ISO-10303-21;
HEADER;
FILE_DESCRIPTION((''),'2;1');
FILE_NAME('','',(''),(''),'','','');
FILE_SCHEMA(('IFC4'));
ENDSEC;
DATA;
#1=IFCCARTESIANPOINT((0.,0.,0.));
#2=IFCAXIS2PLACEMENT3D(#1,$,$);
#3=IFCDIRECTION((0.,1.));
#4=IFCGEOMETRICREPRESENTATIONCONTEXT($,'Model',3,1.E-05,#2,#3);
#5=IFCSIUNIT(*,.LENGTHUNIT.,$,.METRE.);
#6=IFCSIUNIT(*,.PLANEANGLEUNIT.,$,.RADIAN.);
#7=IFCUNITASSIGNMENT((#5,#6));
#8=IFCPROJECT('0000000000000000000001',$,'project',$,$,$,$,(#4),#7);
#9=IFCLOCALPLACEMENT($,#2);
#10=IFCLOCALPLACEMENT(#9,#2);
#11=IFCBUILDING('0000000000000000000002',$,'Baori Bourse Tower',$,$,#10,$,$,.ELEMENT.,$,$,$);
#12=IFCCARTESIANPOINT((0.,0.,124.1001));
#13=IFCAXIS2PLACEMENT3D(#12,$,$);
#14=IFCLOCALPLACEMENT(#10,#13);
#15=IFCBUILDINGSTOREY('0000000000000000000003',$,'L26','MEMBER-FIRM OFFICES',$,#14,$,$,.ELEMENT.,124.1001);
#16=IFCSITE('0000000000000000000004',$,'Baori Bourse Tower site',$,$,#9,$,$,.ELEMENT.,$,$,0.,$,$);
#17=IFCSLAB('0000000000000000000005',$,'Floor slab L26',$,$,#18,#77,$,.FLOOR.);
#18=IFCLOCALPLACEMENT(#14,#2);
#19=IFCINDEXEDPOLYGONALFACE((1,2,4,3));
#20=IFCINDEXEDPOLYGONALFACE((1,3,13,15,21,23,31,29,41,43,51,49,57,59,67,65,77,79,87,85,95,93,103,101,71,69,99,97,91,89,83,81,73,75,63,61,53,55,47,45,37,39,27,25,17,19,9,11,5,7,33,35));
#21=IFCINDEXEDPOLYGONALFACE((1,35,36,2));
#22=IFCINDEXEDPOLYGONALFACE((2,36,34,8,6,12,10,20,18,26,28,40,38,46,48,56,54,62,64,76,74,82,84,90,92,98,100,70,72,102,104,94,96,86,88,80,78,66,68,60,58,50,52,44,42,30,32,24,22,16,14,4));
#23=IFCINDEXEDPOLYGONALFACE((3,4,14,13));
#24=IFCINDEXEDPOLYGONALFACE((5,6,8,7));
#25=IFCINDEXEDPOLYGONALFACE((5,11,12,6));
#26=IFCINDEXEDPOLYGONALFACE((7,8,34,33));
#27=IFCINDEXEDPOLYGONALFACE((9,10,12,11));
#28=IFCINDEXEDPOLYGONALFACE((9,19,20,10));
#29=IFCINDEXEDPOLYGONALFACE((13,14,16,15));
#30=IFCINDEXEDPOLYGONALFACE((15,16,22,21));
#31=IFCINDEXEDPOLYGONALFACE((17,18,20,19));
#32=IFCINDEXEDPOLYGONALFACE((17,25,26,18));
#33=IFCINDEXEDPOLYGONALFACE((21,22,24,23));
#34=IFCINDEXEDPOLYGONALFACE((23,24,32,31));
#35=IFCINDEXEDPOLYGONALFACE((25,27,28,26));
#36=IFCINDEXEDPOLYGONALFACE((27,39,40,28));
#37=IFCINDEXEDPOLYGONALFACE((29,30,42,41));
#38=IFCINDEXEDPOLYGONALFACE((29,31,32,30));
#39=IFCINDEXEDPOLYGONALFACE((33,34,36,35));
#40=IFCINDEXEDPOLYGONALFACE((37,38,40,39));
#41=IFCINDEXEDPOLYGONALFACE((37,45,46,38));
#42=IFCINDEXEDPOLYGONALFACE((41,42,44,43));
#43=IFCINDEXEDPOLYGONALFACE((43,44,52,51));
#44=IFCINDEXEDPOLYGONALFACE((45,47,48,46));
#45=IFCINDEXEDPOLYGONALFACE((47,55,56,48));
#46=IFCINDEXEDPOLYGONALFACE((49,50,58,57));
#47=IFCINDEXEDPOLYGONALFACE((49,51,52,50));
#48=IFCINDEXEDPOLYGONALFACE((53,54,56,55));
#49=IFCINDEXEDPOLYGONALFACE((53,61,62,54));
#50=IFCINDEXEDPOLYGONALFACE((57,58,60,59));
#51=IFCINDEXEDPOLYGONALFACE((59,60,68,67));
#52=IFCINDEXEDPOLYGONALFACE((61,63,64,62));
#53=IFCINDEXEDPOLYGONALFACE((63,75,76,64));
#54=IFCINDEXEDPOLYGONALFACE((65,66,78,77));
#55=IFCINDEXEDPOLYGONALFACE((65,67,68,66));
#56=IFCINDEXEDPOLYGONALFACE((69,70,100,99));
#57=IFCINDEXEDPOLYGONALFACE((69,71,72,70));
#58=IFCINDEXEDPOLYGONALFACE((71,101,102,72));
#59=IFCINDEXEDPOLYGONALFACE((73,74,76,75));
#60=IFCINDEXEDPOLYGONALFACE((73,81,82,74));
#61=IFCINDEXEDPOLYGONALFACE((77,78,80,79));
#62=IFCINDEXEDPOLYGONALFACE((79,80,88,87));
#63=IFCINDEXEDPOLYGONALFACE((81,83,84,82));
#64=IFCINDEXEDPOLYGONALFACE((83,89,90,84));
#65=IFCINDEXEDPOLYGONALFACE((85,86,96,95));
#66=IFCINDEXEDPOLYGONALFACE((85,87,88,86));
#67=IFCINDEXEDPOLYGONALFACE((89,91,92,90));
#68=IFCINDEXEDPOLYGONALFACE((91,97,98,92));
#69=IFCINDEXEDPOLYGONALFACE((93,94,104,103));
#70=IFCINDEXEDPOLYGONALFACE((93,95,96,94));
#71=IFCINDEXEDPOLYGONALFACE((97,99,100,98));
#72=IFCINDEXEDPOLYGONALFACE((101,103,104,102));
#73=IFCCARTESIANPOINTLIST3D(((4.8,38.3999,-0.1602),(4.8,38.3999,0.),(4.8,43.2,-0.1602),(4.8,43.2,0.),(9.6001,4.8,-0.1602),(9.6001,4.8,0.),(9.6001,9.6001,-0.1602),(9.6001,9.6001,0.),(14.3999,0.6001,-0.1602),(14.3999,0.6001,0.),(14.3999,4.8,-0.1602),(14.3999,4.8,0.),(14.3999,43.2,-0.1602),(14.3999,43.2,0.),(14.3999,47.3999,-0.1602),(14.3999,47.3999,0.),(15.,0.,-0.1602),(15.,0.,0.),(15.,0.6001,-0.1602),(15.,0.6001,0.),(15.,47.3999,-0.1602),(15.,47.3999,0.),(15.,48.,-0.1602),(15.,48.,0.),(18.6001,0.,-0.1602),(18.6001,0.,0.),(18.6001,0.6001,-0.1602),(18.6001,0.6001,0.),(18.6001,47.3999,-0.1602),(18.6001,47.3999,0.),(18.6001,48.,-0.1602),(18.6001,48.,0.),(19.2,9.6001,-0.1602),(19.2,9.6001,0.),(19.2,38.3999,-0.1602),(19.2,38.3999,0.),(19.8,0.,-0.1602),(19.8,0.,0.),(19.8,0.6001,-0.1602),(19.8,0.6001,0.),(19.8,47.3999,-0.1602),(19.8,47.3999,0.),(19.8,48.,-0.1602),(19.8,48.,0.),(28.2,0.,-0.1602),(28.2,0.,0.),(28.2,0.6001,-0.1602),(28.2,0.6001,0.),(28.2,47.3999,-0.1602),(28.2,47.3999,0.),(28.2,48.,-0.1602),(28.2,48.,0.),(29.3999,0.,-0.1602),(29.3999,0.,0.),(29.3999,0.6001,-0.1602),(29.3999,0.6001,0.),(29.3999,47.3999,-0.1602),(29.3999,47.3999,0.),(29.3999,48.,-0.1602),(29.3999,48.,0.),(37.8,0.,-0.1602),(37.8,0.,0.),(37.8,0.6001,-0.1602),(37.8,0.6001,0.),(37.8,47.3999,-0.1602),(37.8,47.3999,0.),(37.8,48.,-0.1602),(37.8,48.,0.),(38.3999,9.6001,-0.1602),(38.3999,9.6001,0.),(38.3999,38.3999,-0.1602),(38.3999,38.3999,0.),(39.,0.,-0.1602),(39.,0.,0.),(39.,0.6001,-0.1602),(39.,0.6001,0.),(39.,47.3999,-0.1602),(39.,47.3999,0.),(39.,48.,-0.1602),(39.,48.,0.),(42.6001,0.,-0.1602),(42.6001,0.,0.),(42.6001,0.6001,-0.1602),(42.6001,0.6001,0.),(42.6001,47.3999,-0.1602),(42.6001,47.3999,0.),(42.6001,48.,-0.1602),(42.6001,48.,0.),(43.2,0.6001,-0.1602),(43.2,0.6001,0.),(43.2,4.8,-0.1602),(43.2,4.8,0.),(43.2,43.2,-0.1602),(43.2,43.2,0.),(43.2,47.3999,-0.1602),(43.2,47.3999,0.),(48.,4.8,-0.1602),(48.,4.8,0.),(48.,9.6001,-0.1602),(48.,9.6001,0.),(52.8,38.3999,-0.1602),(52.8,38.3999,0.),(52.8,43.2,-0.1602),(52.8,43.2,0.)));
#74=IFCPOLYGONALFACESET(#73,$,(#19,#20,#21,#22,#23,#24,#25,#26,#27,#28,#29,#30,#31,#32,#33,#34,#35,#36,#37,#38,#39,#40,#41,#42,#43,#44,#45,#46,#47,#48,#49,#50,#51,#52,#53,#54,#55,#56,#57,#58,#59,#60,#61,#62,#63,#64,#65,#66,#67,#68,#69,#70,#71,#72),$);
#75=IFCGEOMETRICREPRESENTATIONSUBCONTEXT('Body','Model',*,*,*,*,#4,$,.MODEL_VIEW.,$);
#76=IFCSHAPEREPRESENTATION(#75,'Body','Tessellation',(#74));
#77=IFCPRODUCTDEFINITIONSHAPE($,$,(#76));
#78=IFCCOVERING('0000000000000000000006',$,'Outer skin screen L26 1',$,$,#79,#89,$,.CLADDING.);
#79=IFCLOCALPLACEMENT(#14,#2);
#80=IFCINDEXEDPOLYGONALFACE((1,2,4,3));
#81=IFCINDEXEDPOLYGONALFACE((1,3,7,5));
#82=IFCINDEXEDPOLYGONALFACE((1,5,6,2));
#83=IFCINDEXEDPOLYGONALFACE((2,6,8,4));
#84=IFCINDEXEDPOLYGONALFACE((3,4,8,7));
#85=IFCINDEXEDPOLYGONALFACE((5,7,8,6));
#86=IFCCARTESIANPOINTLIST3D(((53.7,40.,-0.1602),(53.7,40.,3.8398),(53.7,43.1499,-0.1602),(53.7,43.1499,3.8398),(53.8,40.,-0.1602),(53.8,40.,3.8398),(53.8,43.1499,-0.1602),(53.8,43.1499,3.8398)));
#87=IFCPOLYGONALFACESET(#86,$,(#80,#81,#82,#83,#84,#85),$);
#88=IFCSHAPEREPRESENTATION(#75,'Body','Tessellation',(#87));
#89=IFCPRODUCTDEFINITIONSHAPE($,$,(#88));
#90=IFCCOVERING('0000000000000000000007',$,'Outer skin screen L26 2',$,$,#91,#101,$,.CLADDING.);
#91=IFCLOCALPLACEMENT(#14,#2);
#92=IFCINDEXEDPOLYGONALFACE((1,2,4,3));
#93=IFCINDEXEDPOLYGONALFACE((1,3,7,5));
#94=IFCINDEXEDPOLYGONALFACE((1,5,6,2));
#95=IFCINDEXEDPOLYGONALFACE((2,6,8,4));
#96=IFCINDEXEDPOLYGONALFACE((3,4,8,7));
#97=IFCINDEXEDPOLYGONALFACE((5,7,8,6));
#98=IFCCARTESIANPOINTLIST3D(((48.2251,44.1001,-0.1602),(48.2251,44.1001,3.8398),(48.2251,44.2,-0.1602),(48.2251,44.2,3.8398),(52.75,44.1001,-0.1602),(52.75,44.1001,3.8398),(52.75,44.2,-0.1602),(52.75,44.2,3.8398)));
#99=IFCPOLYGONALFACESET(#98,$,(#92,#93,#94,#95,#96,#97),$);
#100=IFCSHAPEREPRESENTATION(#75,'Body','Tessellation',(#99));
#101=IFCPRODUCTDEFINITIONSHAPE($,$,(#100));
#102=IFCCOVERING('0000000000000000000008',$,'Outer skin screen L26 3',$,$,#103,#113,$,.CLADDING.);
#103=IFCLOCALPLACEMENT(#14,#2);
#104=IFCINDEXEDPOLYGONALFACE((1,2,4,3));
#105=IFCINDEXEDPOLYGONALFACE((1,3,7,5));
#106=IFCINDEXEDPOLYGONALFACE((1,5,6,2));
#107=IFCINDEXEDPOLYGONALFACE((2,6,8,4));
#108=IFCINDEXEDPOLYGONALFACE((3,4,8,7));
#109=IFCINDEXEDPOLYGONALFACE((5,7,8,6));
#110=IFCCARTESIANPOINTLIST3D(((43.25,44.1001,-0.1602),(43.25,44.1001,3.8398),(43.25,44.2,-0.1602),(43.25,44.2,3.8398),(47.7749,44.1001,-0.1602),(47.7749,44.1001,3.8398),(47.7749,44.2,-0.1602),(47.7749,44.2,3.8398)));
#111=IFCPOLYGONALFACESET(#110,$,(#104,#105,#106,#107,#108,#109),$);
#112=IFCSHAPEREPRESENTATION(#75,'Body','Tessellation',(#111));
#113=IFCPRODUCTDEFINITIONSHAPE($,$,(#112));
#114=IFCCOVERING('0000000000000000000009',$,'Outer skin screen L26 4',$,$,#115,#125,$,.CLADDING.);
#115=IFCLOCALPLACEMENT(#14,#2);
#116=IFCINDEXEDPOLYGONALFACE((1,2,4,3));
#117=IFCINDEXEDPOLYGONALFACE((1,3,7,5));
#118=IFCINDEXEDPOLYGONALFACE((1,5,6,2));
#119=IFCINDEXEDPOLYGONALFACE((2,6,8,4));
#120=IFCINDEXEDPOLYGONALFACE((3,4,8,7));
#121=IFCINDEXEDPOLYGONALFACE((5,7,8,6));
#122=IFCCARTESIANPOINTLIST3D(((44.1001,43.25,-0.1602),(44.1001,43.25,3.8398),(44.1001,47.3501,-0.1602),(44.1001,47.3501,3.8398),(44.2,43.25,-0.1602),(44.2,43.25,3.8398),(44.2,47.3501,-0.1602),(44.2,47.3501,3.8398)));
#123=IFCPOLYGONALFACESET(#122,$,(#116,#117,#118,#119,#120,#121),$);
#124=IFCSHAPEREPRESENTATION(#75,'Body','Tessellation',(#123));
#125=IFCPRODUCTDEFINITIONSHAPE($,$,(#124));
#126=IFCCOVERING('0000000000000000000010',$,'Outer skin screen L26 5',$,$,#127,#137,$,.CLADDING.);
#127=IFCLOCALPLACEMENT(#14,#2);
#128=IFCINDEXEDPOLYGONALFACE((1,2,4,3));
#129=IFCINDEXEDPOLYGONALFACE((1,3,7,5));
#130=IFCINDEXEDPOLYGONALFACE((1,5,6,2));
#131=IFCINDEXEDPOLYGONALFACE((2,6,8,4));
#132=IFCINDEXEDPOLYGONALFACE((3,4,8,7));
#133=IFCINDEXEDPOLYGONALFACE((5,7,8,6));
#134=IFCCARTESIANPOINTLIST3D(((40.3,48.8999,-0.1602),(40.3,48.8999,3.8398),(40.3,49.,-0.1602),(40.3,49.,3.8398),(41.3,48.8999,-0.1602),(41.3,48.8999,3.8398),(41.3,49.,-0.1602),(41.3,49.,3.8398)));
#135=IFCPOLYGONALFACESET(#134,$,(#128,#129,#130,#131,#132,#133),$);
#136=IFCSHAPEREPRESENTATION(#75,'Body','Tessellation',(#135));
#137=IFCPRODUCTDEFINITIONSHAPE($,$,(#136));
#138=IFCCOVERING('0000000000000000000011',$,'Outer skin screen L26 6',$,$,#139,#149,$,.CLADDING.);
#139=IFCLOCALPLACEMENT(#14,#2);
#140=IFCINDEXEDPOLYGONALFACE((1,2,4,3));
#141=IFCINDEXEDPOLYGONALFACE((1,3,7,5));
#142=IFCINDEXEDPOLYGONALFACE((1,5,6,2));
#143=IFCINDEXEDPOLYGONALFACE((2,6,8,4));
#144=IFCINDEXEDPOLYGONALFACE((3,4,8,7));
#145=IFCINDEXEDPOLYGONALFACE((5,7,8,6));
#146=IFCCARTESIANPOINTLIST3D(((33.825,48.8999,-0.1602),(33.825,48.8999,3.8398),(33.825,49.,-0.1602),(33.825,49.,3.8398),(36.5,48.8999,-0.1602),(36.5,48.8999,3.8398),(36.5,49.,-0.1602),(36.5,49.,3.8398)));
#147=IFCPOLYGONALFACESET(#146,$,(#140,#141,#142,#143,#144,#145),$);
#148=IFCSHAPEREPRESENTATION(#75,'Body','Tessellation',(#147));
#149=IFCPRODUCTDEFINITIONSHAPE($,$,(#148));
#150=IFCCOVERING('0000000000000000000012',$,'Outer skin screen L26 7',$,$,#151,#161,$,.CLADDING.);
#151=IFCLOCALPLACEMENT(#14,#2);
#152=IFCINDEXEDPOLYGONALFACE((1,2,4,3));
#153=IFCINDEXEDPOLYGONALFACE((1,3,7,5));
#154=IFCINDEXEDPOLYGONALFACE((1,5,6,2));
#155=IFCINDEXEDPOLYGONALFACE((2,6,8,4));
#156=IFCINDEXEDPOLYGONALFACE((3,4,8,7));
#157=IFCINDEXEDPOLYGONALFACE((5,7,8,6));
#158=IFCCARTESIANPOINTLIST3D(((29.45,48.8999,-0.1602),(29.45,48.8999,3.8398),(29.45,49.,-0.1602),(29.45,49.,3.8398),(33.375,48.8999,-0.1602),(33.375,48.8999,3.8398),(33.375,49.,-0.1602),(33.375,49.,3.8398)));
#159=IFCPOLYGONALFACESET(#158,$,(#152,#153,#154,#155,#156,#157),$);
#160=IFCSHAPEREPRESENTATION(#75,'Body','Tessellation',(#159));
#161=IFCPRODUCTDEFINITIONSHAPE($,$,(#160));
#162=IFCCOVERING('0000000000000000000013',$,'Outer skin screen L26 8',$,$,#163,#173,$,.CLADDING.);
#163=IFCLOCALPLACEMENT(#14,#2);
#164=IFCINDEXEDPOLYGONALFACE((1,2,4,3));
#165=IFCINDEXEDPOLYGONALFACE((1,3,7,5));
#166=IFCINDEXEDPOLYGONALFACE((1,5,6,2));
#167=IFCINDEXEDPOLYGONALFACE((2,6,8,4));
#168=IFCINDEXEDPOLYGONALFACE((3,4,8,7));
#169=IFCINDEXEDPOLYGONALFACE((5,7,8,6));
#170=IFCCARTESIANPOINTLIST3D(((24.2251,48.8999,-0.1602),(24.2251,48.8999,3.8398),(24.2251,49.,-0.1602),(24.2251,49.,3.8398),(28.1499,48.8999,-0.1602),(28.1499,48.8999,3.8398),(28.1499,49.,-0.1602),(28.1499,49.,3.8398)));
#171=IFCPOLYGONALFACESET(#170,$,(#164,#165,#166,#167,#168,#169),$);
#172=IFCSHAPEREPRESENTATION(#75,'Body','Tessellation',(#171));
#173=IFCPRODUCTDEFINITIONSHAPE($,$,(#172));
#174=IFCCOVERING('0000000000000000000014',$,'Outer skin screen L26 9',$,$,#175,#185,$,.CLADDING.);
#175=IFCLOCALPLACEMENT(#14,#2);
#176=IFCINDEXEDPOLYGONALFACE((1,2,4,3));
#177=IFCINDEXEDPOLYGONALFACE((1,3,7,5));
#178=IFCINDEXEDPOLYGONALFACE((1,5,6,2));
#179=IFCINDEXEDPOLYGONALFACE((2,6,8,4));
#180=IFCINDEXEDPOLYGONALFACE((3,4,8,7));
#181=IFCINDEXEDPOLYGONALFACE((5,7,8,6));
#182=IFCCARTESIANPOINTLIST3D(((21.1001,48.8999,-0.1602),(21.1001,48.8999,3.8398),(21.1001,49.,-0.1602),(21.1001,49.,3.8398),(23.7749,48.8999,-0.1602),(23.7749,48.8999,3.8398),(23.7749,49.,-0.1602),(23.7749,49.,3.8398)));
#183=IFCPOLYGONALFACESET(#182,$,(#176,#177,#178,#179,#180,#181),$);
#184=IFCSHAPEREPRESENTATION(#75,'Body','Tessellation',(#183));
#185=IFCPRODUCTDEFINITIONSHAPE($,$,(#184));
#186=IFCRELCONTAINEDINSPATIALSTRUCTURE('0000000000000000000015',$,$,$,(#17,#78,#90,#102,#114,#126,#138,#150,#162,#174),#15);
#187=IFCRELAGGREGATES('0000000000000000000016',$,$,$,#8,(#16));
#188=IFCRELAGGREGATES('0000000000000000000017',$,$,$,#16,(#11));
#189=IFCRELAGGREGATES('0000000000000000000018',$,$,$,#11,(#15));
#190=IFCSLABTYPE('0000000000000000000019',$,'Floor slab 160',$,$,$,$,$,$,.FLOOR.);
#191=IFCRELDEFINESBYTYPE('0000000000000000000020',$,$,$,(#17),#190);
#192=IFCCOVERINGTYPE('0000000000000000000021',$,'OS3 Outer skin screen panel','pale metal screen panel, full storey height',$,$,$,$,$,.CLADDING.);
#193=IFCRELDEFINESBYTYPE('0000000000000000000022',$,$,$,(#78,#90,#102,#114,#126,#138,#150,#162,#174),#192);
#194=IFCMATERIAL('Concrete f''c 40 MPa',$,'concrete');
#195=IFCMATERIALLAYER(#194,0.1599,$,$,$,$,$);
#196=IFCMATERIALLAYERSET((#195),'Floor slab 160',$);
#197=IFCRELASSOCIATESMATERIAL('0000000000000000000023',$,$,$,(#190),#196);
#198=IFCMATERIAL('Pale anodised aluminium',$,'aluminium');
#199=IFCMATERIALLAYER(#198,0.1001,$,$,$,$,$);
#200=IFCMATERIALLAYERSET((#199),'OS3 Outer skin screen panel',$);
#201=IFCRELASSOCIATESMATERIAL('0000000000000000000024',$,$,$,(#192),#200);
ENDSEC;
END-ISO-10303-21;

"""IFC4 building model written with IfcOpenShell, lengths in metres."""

from ifc_helpers import new_model, si_unit, direction, frame, origin, place, context, subcontext, project, spatial, polyline, outline, extrude, material, layer, layer_set, type_object, element, save


model = new_model("IFC4")

# Units and contexts
model_context = context("Model", 3, precision=1e-05, world=origin(), true_north=direction((0.0, 1.0)))
body_context = subcontext(model_context, "Body", "Model", "MODEL_VIEW")
ifc_project = project(units=[si_unit("LENGTHUNIT", "METRE"), si_unit("PLANEANGLEUNIT", "RADIAN")], contexts=[model_context])

# Site, building, storey
site_placement = place(None, origin())
site = spatial("IfcSite", under=ifc_project, at=site_placement, Name="Baori Bourse Tower site", CompositionType="ELEMENT", RefElevation=0.0)
building_placement = place(site_placement, origin())
building = spatial("IfcBuilding", under=site, at=building_placement, Name="Baori Bourse Tower", CompositionType="ELEMENT")
storey_placement = place(building_placement, frame((0.0, 0.0, 124.1001)))
storey = spatial("IfcBuildingStorey", under=building, at=storey_placement, Name="L26", Description="MEMBER-FIRM OFFICES", CompositionType="ELEMENT", Elevation=124.1001)

# Slab
ifc_material_1 = material(Name="Concrete f'c 40 MPa", Category="concrete")
ifc_layer_1 = layer(ifc_material_1, 0.1599)
ifc_layer_set_1 = layer_set([ifc_layer_1], Name="Floor slab 160")
slab_type_1 = type_object("IfcSlabType", Name="Floor slab 160", PredefinedType="FLOOR", material=ifc_layer_set_1)
slab_1_placement = place(storey_placement, frame((0.0, 0.0, -0.1602)))
element("IfcSlab", 1, at=slab_1_placement, inside=storey, type_object=slab_type_1, Name="Floor slab L26", PredefinedType="FLOOR", context=body_context, shape_type="SweptSolid", body=[
    extrude(outline(polyline([(14.3999, 4.8), (9.6001, 4.8), (9.6001, 9.6001), (19.2, 9.6001), (19.2, 38.3999), (4.8, 38.3999), (4.8, 43.2), (14.3999, 43.2), (14.3999, 47.3999), (15.0, 47.3999), (15.0, 48.0), (18.6001, 48.0), (18.6001, 47.3999), (19.8, 47.3999), (19.8, 48.0), (28.2, 48.0), (28.2, 47.3999), (29.3999, 47.3999), (29.3999, 48.0), (37.8, 48.0), (37.8, 47.3999), (39.0, 47.3999), (39.0, 48.0), (42.6001, 48.0), (42.6001, 47.3999), (43.2, 47.3999), (43.2, 43.2), (52.8, 43.2), (52.8, 38.3999), (38.3999, 38.3999), (38.3999, 9.6001), (48.0, 9.6001), (48.0, 4.8), (43.2, 4.8), (43.2, 0.6001), (42.6001, 0.6001), (42.6001, 0.0), (39.0, 0.0), (39.0, 0.6001), (37.8, 0.6001), (37.8, 0.0), (29.3999, 0.0), (29.3999, 0.6001), (28.2, 0.6001), (28.2, 0.0), (19.8, 0.0), (19.8, 0.6001), (18.6001, 0.6001), (18.6001, 0.0), (15.0, 0.0), (15.0, 0.6001), (14.3999, 0.6001), (14.3999, 4.8)])), origin(), (0.0, 0.0, 1.0), 0.1602),
])

# Coverings
ifc_material_2 = material(Name="Pale anodised aluminium", Category="aluminium")
ifc_layer_2 = layer(ifc_material_2, 0.1001)
ifc_layer_set_2 = layer_set([ifc_layer_2], Name="OS3 Outer skin screen panel")
covering_type = type_object("IfcCoveringType", Name="OS3 Outer skin screen panel", Description="pale metal screen panel, full storey height", PredefinedType="CLADDING", material=ifc_layer_set_2)
covering_1_placement = place(storey_placement, frame((0.0, 0.0, -0.1602)))
element("IfcCovering", 2, at=covering_1_placement, inside=storey, type_object=covering_type, Name="Outer skin screen L26 1", PredefinedType="CLADDING", context=body_context, shape_type="SweptSolid", body=[
    extrude(outline(polyline([(53.7, 43.1499), (53.7, 40.0), (53.8, 40.0), (53.8, 43.1499), (53.7, 43.1499)])), origin(), (0.0, 0.0, 1.0), 4.0),
])
covering_2_placement = place(storey_placement, frame((0.0, 0.0, -0.1602)))
element("IfcCovering", 3, at=covering_2_placement, inside=storey, type_object=covering_type, Name="Outer skin screen L26 2", PredefinedType="CLADDING", context=body_context, shape_type="SweptSolid", body=[
    extrude(outline(polyline([(48.2251, 44.1001), (52.75, 44.1001), (52.75, 44.2), (48.2251, 44.2), (48.2251, 44.1001)])), origin(), (0.0, 0.0, 1.0), 4.0),
])
covering_3_placement = place(storey_placement, frame((0.0, 0.0, -0.1602)))
element("IfcCovering", 4, at=covering_3_placement, inside=storey, type_object=covering_type, Name="Outer skin screen L26 3", PredefinedType="CLADDING", context=body_context, shape_type="SweptSolid", body=[
    extrude(outline(polyline([(43.25, 44.1001), (47.7749, 44.1001), (47.7749, 44.2), (43.25, 44.2), (43.25, 44.1001)])), origin(), (0.0, 0.0, 1.0), 4.0),
])
covering_4_placement = place(storey_placement, frame((0.0, 0.0, -0.1602)))
element("IfcCovering", 5, at=covering_4_placement, inside=storey, type_object=covering_type, Name="Outer skin screen L26 4", PredefinedType="CLADDING", context=body_context, shape_type="SweptSolid", body=[
    extrude(outline(polyline([(44.1001, 47.3501), (44.1001, 43.25), (44.2, 43.25), (44.2, 47.3501), (44.1001, 47.3501)])), origin(), (0.0, 0.0, 1.0), 4.0),
])
covering_5_placement = place(storey_placement, frame((0.0, 0.0, -0.1602)))
element("IfcCovering", 6, at=covering_5_placement, inside=storey, type_object=covering_type, Name="Outer skin screen L26 5", PredefinedType="CLADDING", context=body_context, shape_type="SweptSolid", body=[
    extrude(outline(polyline([(40.3, 48.8999), (41.3, 48.8999), (41.3, 49.0), (40.3, 49.0), (40.3, 48.8999)])), origin(), (0.0, 0.0, 1.0), 4.0),
])
covering_6_placement = place(storey_placement, frame((0.0, 0.0, -0.1602)))
element("IfcCovering", 7, at=covering_6_placement, inside=storey, type_object=covering_type, Name="Outer skin screen L26 6", PredefinedType="CLADDING", context=body_context, shape_type="SweptSolid", body=[
    extrude(outline(polyline([(33.825, 48.8999), (36.5, 48.8999), (36.5, 49.0), (33.825, 49.0), (33.825, 48.8999)])), origin(), (0.0, 0.0, 1.0), 4.0),
])
covering_7_placement = place(storey_placement, frame((0.0, 0.0, -0.1602)))
element("IfcCovering", 8, at=covering_7_placement, inside=storey, type_object=covering_type, Name="Outer skin screen L26 7", PredefinedType="CLADDING", context=body_context, shape_type="SweptSolid", body=[
    extrude(outline(polyline([(29.45, 48.8999), (33.375, 48.8999), (33.375, 49.0), (29.45, 49.0), (29.45, 48.8999)])), origin(), (0.0, 0.0, 1.0), 4.0),
])
covering_8_placement = place(storey_placement, frame((0.0, 0.0, -0.1602)))
element("IfcCovering", 9, at=covering_8_placement, inside=storey, type_object=covering_type, Name="Outer skin screen L26 8", PredefinedType="CLADDING", context=body_context, shape_type="SweptSolid", body=[
    extrude(outline(polyline([(24.2251, 48.8999), (28.1499, 48.8999), (28.1499, 49.0), (24.2251, 49.0), (24.2251, 48.8999)])), origin(), (0.0, 0.0, 1.0), 4.0),
])
covering_9_placement = place(storey_placement, frame((0.0, 0.0, -0.1602)))
element("IfcCovering", 10, at=covering_9_placement, inside=storey, type_object=covering_type, Name="Outer skin screen L26 9", PredefinedType="CLADDING", context=body_context, shape_type="SweptSolid", body=[
    extrude(outline(polyline([(21.1001, 48.8999), (23.7749, 48.8999), (23.7749, 49.0), (21.1001, 49.0), (21.1001, 48.8999)])), origin(), (0.0, 0.0, 1.0), 4.0),
])

save(model, "model.ifc")
